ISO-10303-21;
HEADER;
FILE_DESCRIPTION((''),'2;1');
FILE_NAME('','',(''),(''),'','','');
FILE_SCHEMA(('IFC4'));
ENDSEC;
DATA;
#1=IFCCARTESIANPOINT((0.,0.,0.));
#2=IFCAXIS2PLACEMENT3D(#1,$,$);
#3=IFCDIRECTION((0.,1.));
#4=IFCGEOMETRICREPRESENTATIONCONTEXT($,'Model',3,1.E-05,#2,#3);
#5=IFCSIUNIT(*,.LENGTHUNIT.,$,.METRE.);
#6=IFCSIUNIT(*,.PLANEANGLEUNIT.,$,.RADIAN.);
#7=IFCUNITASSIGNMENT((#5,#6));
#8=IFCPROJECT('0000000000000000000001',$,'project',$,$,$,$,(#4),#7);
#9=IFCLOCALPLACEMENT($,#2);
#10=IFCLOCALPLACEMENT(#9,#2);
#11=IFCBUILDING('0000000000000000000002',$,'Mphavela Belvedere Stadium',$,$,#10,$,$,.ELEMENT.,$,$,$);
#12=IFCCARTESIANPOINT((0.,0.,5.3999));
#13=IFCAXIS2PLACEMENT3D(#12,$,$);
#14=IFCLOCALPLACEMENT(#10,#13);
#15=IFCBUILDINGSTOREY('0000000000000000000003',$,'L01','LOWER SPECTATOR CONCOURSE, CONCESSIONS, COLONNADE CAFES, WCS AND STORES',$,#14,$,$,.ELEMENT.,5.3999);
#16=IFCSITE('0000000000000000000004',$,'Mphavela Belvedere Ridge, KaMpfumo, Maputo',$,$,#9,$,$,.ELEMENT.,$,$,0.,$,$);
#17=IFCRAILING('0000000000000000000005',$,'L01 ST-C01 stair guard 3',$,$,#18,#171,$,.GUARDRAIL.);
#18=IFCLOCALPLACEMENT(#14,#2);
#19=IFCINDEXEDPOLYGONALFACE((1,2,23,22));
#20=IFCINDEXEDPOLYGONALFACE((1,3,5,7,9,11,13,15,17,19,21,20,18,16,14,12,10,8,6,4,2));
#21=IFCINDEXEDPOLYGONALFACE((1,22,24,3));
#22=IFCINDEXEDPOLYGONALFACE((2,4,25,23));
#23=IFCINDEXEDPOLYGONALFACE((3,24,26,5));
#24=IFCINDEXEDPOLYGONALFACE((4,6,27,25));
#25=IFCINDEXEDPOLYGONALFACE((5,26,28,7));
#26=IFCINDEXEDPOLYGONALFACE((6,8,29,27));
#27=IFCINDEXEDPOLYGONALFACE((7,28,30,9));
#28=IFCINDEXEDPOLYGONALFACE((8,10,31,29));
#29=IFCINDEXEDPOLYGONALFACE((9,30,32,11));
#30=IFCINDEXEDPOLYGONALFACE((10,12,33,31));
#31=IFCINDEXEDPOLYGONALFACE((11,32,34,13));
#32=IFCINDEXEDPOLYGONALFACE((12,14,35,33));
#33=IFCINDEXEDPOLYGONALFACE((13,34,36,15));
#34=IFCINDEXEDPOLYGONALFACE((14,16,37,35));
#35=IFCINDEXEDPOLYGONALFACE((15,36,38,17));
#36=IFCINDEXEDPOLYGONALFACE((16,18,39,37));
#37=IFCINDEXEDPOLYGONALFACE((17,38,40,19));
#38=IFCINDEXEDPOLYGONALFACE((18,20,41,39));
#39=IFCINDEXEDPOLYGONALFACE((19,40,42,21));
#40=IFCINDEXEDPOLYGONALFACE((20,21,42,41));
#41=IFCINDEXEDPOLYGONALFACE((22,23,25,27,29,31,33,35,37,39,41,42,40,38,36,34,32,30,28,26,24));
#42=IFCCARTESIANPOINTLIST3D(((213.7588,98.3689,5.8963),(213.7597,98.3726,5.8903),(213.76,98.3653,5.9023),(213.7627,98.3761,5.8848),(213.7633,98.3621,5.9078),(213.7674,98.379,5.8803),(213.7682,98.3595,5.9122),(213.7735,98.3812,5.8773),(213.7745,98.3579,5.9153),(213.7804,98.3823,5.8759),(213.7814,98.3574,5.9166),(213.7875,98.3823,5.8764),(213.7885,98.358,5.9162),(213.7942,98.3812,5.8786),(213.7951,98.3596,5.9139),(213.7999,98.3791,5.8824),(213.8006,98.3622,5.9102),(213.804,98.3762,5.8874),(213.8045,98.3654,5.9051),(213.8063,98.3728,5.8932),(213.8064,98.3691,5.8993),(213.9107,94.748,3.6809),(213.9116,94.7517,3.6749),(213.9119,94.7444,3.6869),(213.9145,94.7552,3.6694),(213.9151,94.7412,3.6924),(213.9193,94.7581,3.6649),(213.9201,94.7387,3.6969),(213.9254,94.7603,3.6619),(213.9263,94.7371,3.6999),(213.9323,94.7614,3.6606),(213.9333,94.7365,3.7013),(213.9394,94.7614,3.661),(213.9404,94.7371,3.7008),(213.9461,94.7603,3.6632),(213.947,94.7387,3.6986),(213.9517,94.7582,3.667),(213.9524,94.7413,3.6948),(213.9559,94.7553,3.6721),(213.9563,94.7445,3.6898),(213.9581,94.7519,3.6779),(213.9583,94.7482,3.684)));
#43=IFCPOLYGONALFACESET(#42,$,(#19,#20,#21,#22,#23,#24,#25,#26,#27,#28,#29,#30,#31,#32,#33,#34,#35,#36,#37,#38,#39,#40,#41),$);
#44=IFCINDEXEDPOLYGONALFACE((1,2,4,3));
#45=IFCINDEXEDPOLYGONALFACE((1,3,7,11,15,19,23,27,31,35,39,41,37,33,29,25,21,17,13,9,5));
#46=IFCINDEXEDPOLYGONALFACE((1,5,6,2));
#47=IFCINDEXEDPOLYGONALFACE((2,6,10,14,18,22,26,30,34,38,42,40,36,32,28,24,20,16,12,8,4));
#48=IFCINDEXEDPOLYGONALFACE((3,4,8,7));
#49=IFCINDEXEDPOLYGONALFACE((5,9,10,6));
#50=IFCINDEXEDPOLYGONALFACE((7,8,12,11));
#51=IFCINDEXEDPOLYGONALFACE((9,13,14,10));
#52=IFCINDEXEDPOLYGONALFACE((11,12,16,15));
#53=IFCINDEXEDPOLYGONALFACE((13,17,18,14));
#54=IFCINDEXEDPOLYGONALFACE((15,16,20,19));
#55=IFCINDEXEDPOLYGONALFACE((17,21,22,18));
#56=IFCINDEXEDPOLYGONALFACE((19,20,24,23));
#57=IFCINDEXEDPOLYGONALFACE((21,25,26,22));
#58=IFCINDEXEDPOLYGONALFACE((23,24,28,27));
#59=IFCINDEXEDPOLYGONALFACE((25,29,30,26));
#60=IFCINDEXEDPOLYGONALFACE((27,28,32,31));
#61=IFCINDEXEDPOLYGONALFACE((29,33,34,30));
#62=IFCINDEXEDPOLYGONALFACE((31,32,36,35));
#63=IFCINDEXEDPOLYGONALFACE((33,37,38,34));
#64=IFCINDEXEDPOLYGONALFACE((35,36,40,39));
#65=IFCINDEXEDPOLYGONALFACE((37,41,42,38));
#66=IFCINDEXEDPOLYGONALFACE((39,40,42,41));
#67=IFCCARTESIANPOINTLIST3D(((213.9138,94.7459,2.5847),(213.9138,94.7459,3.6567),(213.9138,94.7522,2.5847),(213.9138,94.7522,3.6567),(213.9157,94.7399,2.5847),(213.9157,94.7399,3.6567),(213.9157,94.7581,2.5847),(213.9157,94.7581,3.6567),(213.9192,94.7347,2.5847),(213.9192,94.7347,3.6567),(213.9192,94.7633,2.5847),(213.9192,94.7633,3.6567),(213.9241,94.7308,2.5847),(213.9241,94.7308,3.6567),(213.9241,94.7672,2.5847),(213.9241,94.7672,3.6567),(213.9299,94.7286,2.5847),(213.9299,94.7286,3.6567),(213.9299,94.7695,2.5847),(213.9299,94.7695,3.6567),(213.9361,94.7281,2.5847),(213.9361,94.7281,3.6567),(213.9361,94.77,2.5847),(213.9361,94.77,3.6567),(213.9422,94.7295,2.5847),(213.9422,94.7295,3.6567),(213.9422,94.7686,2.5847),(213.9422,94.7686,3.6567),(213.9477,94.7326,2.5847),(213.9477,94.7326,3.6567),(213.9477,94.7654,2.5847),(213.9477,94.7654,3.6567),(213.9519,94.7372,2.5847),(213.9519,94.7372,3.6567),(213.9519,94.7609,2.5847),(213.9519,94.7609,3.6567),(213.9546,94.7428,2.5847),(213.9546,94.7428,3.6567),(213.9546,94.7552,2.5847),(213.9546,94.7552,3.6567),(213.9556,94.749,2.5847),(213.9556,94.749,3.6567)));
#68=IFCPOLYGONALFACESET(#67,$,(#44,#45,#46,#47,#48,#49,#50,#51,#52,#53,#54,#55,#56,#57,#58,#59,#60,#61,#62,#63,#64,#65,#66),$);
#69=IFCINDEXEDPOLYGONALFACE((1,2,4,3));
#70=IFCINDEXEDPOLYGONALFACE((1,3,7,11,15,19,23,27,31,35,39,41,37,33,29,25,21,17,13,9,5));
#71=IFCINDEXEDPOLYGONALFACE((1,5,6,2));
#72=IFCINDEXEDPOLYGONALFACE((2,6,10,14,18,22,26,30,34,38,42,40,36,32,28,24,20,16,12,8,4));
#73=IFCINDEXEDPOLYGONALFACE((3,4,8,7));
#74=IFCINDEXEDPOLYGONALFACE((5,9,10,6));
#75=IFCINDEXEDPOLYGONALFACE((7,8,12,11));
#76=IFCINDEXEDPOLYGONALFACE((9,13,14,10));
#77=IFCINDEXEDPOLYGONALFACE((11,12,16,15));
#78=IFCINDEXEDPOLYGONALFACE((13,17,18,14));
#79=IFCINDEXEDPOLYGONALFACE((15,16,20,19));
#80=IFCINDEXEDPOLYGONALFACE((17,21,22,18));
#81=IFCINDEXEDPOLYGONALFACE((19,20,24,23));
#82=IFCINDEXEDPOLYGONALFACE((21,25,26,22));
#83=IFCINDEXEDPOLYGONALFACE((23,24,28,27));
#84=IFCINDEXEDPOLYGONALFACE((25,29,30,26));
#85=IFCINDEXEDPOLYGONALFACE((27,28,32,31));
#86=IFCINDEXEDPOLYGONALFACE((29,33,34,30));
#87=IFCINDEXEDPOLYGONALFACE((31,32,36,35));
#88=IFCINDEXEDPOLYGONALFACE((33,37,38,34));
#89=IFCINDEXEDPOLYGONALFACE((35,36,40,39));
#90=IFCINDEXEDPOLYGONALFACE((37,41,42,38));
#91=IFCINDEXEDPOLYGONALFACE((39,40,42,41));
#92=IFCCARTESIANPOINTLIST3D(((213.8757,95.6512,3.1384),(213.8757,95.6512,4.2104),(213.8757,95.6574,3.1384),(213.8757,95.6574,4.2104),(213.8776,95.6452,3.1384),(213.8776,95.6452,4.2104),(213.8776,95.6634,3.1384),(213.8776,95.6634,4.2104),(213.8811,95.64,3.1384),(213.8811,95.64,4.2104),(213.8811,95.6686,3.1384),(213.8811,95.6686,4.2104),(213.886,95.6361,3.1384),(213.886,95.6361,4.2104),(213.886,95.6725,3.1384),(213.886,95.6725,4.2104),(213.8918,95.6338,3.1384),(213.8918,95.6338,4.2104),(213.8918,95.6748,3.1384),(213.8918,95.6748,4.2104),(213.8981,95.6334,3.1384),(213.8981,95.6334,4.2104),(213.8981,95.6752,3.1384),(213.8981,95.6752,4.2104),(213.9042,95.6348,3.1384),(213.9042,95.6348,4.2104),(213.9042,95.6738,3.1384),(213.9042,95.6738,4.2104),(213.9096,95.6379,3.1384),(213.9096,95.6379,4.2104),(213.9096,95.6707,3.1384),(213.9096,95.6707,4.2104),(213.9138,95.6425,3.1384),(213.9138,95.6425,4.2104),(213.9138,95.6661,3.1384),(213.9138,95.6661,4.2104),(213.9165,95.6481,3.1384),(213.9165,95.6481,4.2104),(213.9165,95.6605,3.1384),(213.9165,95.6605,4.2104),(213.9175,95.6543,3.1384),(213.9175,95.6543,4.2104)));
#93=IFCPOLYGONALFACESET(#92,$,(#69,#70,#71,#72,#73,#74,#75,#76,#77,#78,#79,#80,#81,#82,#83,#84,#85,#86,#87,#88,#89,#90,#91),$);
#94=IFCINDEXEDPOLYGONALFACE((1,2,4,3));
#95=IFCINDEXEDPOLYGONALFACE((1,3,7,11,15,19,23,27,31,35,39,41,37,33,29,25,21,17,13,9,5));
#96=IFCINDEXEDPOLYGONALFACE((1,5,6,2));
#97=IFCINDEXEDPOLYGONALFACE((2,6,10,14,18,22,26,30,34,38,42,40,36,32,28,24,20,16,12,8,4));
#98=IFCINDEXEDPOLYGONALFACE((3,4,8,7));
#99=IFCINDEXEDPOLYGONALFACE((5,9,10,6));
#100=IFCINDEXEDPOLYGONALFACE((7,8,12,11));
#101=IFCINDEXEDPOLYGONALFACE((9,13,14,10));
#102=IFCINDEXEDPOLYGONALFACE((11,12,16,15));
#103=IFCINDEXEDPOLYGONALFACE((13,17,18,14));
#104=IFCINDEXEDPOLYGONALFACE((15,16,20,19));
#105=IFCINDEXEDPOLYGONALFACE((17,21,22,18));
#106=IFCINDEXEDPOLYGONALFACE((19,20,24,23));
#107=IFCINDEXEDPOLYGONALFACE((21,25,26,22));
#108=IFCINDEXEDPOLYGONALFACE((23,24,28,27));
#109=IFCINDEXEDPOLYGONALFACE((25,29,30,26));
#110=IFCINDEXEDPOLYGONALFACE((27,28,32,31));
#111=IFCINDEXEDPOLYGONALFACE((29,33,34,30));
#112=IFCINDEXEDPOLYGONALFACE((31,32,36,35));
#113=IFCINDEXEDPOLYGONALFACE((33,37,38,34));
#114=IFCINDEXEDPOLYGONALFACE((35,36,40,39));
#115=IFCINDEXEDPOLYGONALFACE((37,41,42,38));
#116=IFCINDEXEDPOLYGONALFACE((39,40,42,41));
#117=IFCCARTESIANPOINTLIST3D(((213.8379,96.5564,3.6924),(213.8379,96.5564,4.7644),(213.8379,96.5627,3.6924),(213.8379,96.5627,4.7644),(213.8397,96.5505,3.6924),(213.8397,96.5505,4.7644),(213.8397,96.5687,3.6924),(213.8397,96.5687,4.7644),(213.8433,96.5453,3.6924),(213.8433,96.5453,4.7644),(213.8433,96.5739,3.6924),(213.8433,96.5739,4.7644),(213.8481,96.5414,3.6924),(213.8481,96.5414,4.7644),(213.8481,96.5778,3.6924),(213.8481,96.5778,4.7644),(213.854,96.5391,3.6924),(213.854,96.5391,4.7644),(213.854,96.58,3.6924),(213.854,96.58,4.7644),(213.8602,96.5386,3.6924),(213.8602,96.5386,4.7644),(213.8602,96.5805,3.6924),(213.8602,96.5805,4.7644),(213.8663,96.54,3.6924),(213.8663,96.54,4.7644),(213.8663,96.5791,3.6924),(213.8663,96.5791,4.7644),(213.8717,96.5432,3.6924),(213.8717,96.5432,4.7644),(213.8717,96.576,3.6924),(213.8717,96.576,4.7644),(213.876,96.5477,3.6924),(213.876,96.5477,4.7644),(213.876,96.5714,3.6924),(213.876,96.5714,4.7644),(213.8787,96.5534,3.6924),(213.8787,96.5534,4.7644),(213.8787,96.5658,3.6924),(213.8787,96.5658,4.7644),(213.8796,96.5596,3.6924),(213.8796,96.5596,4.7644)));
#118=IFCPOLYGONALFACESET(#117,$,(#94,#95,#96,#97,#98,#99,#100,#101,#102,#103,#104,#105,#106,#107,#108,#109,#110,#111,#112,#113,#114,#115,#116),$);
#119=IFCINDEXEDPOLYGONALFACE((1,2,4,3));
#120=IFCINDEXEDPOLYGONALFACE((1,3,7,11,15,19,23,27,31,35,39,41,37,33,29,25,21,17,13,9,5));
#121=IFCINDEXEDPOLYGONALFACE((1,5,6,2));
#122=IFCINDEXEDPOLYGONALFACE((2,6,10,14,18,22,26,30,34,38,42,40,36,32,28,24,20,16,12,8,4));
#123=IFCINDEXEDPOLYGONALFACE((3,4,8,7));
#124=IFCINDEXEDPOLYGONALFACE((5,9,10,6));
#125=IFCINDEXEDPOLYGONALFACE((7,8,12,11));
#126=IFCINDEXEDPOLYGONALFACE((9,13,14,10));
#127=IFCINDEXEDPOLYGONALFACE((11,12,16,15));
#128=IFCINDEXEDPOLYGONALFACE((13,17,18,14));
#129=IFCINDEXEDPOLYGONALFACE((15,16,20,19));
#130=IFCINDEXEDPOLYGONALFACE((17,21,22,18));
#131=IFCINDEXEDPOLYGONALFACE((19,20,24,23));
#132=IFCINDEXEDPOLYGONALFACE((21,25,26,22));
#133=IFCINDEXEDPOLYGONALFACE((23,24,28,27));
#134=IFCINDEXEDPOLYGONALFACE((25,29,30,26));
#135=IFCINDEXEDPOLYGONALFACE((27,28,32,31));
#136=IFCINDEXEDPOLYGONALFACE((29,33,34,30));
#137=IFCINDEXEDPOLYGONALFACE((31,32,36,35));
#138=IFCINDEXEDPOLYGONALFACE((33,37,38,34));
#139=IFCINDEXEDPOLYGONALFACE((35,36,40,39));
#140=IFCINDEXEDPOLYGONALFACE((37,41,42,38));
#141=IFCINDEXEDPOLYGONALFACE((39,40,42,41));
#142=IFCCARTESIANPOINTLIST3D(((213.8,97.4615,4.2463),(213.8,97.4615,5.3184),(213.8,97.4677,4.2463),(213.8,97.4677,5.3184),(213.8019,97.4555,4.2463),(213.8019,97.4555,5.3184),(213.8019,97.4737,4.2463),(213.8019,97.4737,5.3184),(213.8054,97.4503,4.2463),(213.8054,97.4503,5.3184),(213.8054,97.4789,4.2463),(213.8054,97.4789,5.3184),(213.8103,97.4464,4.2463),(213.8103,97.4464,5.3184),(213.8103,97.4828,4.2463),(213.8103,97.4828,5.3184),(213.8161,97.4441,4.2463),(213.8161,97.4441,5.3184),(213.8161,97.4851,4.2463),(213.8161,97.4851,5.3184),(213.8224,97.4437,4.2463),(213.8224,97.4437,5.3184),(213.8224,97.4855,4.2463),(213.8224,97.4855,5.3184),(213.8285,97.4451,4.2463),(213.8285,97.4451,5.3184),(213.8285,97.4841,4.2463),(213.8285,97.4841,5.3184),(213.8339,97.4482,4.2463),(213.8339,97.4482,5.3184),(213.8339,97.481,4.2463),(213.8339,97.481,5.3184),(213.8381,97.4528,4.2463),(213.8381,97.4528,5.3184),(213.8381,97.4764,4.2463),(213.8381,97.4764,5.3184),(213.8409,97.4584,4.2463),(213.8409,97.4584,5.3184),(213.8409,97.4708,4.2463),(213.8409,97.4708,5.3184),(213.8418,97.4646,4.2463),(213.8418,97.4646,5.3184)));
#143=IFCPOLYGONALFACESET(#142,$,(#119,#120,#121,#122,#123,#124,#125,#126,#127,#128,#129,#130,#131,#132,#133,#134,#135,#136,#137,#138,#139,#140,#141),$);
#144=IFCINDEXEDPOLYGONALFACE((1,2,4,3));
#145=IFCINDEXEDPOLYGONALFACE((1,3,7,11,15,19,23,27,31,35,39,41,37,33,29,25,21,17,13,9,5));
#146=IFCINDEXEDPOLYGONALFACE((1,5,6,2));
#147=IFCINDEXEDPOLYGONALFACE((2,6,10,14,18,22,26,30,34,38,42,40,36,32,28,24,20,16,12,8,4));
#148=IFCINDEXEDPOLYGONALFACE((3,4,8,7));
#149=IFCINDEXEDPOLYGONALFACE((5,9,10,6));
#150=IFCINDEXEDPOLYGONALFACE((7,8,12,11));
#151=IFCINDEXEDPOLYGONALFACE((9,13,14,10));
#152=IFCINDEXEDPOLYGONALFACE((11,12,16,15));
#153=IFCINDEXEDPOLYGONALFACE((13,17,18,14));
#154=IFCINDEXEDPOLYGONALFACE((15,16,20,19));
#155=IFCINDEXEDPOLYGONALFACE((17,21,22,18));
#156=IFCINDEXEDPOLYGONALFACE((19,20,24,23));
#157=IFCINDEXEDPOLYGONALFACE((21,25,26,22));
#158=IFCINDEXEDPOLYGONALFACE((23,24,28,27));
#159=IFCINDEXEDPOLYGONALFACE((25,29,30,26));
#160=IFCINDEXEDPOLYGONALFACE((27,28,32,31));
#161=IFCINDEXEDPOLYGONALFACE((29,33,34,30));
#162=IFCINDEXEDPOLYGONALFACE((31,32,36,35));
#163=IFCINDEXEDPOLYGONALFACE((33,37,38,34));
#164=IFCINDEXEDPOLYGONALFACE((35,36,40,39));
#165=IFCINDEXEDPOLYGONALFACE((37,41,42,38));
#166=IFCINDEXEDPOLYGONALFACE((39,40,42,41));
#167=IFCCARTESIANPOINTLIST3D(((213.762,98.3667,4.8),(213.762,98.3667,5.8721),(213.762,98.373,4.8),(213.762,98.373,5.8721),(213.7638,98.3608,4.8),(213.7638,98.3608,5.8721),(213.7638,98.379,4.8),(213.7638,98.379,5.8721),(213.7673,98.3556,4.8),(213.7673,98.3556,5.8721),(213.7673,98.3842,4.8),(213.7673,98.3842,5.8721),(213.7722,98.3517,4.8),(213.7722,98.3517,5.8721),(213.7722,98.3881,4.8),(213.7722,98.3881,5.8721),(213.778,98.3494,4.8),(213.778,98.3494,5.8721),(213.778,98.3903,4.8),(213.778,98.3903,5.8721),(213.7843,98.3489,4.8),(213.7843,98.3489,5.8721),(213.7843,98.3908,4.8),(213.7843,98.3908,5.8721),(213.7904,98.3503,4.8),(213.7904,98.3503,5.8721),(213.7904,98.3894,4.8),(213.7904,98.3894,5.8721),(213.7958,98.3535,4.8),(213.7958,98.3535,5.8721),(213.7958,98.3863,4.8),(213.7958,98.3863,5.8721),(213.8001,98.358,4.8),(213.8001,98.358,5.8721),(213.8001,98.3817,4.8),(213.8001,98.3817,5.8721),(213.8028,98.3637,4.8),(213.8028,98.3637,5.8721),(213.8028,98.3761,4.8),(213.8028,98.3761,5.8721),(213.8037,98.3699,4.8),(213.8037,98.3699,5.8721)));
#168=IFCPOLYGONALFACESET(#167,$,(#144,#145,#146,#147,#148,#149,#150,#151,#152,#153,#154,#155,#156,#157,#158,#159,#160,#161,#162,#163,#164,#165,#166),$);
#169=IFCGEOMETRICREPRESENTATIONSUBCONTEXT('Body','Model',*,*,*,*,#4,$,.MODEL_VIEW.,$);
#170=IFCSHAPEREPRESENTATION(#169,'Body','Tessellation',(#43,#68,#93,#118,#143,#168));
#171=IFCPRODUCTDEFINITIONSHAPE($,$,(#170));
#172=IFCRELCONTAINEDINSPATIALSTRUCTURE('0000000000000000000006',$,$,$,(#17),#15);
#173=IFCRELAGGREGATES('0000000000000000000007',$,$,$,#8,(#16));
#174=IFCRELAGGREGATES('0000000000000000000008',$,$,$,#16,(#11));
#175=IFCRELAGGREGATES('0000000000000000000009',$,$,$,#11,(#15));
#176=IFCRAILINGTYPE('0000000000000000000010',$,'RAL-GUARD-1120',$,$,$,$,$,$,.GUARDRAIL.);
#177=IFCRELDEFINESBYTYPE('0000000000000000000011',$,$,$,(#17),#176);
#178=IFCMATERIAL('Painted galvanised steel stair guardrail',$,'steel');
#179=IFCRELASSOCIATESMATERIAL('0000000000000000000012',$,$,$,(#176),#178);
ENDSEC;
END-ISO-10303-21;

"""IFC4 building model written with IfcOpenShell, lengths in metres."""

from ifc_helpers import new_model, si_unit, direction, frame, origin, origin_2d, place, context, subcontext, project, spatial, circle, extrude, material, type_object, element, save


model = new_model("IFC4")

# Units and contexts
model_context = context("Model", 3, precision=1e-05, world=origin(), true_north=direction((0.0, 1.0)))
body_context = subcontext(model_context, "Body", "Model", "MODEL_VIEW")
ifc_project = project(units=[si_unit("LENGTHUNIT", "METRE"), si_unit("PLANEANGLEUNIT", "RADIAN")], contexts=[model_context])

# Site, building, storey
site_placement = place(None, origin())
site = spatial("IfcSite", under=ifc_project, at=site_placement, Name="Mphavela Belvedere Ridge, KaMpfumo, Maputo", CompositionType="ELEMENT", RefElevation=0.0)
building_placement = place(site_placement, origin())
building = spatial("IfcBuilding", under=site, at=building_placement, Name="Mphavela Belvedere Stadium", CompositionType="ELEMENT")
storey_placement = place(building_placement, frame((0.0, 0.0, 5.3999)))
storey = spatial("IfcBuildingStorey", under=building, at=storey_placement, Name="L01", Description="LOWER SPECTATOR CONCOURSE, CONCESSIONS, COLONNADE CAFES, WCS AND STORES", CompositionType="ELEMENT", Elevation=5.3999)

# Railing
ifc_material_1 = material(Name="Painted galvanised steel stair guardrail", Category="steel")
railing_type_1 = type_object("IfcRailingType", Name="RAL-GUARD-1120", PredefinedType="GUARDRAIL", material=ifc_material_1)
railing_1_placement = place(storey_placement, frame((213.9346, 94.749, 2.5847)))
element("IfcRailing", 1, at=railing_1_placement, inside=storey, type_object=railing_type_1, Name="L01 ST-C01 stair guard 3", PredefinedType="GUARDRAIL", context=body_context, shape_type="SweptSolid", body=[
    extrude(circle(Radius=0.0239, at=origin_2d()), frame((0.0, 0.0, 1.0962), z_axis=(-0.035752, 0.852465, 0.521561), x_axis=(-0.999122, -0.041902, 0.0)), (0.0, 0.0, 1.0), 4.2476),
    extrude(circle(Radius=0.021, at=origin_2d()), origin(), (0.0, 0.0, 1.0), 1.072),
    extrude(circle(Radius=0.021, at=origin_2d()), frame((-0.0381, 0.9053, 0.5537)), (0.0, 0.0, 1.0), 1.072),
    extrude(circle(Radius=0.021, at=origin_2d()), frame((-0.0759, 1.8105, 1.1077)), (0.0, 0.0, 1.0), 1.072),
    extrude(circle(Radius=0.021, at=origin_2d()), frame((-0.1138, 2.7156, 1.6616)), (0.0, 0.0, 1.0), 1.072),
    extrude(circle(Radius=0.021, at=origin_2d()), frame((-0.1519, 3.6208, 2.2153)), (0.0, 0.0, 1.0), 1.072),
])

save(model, "model.ifc")
